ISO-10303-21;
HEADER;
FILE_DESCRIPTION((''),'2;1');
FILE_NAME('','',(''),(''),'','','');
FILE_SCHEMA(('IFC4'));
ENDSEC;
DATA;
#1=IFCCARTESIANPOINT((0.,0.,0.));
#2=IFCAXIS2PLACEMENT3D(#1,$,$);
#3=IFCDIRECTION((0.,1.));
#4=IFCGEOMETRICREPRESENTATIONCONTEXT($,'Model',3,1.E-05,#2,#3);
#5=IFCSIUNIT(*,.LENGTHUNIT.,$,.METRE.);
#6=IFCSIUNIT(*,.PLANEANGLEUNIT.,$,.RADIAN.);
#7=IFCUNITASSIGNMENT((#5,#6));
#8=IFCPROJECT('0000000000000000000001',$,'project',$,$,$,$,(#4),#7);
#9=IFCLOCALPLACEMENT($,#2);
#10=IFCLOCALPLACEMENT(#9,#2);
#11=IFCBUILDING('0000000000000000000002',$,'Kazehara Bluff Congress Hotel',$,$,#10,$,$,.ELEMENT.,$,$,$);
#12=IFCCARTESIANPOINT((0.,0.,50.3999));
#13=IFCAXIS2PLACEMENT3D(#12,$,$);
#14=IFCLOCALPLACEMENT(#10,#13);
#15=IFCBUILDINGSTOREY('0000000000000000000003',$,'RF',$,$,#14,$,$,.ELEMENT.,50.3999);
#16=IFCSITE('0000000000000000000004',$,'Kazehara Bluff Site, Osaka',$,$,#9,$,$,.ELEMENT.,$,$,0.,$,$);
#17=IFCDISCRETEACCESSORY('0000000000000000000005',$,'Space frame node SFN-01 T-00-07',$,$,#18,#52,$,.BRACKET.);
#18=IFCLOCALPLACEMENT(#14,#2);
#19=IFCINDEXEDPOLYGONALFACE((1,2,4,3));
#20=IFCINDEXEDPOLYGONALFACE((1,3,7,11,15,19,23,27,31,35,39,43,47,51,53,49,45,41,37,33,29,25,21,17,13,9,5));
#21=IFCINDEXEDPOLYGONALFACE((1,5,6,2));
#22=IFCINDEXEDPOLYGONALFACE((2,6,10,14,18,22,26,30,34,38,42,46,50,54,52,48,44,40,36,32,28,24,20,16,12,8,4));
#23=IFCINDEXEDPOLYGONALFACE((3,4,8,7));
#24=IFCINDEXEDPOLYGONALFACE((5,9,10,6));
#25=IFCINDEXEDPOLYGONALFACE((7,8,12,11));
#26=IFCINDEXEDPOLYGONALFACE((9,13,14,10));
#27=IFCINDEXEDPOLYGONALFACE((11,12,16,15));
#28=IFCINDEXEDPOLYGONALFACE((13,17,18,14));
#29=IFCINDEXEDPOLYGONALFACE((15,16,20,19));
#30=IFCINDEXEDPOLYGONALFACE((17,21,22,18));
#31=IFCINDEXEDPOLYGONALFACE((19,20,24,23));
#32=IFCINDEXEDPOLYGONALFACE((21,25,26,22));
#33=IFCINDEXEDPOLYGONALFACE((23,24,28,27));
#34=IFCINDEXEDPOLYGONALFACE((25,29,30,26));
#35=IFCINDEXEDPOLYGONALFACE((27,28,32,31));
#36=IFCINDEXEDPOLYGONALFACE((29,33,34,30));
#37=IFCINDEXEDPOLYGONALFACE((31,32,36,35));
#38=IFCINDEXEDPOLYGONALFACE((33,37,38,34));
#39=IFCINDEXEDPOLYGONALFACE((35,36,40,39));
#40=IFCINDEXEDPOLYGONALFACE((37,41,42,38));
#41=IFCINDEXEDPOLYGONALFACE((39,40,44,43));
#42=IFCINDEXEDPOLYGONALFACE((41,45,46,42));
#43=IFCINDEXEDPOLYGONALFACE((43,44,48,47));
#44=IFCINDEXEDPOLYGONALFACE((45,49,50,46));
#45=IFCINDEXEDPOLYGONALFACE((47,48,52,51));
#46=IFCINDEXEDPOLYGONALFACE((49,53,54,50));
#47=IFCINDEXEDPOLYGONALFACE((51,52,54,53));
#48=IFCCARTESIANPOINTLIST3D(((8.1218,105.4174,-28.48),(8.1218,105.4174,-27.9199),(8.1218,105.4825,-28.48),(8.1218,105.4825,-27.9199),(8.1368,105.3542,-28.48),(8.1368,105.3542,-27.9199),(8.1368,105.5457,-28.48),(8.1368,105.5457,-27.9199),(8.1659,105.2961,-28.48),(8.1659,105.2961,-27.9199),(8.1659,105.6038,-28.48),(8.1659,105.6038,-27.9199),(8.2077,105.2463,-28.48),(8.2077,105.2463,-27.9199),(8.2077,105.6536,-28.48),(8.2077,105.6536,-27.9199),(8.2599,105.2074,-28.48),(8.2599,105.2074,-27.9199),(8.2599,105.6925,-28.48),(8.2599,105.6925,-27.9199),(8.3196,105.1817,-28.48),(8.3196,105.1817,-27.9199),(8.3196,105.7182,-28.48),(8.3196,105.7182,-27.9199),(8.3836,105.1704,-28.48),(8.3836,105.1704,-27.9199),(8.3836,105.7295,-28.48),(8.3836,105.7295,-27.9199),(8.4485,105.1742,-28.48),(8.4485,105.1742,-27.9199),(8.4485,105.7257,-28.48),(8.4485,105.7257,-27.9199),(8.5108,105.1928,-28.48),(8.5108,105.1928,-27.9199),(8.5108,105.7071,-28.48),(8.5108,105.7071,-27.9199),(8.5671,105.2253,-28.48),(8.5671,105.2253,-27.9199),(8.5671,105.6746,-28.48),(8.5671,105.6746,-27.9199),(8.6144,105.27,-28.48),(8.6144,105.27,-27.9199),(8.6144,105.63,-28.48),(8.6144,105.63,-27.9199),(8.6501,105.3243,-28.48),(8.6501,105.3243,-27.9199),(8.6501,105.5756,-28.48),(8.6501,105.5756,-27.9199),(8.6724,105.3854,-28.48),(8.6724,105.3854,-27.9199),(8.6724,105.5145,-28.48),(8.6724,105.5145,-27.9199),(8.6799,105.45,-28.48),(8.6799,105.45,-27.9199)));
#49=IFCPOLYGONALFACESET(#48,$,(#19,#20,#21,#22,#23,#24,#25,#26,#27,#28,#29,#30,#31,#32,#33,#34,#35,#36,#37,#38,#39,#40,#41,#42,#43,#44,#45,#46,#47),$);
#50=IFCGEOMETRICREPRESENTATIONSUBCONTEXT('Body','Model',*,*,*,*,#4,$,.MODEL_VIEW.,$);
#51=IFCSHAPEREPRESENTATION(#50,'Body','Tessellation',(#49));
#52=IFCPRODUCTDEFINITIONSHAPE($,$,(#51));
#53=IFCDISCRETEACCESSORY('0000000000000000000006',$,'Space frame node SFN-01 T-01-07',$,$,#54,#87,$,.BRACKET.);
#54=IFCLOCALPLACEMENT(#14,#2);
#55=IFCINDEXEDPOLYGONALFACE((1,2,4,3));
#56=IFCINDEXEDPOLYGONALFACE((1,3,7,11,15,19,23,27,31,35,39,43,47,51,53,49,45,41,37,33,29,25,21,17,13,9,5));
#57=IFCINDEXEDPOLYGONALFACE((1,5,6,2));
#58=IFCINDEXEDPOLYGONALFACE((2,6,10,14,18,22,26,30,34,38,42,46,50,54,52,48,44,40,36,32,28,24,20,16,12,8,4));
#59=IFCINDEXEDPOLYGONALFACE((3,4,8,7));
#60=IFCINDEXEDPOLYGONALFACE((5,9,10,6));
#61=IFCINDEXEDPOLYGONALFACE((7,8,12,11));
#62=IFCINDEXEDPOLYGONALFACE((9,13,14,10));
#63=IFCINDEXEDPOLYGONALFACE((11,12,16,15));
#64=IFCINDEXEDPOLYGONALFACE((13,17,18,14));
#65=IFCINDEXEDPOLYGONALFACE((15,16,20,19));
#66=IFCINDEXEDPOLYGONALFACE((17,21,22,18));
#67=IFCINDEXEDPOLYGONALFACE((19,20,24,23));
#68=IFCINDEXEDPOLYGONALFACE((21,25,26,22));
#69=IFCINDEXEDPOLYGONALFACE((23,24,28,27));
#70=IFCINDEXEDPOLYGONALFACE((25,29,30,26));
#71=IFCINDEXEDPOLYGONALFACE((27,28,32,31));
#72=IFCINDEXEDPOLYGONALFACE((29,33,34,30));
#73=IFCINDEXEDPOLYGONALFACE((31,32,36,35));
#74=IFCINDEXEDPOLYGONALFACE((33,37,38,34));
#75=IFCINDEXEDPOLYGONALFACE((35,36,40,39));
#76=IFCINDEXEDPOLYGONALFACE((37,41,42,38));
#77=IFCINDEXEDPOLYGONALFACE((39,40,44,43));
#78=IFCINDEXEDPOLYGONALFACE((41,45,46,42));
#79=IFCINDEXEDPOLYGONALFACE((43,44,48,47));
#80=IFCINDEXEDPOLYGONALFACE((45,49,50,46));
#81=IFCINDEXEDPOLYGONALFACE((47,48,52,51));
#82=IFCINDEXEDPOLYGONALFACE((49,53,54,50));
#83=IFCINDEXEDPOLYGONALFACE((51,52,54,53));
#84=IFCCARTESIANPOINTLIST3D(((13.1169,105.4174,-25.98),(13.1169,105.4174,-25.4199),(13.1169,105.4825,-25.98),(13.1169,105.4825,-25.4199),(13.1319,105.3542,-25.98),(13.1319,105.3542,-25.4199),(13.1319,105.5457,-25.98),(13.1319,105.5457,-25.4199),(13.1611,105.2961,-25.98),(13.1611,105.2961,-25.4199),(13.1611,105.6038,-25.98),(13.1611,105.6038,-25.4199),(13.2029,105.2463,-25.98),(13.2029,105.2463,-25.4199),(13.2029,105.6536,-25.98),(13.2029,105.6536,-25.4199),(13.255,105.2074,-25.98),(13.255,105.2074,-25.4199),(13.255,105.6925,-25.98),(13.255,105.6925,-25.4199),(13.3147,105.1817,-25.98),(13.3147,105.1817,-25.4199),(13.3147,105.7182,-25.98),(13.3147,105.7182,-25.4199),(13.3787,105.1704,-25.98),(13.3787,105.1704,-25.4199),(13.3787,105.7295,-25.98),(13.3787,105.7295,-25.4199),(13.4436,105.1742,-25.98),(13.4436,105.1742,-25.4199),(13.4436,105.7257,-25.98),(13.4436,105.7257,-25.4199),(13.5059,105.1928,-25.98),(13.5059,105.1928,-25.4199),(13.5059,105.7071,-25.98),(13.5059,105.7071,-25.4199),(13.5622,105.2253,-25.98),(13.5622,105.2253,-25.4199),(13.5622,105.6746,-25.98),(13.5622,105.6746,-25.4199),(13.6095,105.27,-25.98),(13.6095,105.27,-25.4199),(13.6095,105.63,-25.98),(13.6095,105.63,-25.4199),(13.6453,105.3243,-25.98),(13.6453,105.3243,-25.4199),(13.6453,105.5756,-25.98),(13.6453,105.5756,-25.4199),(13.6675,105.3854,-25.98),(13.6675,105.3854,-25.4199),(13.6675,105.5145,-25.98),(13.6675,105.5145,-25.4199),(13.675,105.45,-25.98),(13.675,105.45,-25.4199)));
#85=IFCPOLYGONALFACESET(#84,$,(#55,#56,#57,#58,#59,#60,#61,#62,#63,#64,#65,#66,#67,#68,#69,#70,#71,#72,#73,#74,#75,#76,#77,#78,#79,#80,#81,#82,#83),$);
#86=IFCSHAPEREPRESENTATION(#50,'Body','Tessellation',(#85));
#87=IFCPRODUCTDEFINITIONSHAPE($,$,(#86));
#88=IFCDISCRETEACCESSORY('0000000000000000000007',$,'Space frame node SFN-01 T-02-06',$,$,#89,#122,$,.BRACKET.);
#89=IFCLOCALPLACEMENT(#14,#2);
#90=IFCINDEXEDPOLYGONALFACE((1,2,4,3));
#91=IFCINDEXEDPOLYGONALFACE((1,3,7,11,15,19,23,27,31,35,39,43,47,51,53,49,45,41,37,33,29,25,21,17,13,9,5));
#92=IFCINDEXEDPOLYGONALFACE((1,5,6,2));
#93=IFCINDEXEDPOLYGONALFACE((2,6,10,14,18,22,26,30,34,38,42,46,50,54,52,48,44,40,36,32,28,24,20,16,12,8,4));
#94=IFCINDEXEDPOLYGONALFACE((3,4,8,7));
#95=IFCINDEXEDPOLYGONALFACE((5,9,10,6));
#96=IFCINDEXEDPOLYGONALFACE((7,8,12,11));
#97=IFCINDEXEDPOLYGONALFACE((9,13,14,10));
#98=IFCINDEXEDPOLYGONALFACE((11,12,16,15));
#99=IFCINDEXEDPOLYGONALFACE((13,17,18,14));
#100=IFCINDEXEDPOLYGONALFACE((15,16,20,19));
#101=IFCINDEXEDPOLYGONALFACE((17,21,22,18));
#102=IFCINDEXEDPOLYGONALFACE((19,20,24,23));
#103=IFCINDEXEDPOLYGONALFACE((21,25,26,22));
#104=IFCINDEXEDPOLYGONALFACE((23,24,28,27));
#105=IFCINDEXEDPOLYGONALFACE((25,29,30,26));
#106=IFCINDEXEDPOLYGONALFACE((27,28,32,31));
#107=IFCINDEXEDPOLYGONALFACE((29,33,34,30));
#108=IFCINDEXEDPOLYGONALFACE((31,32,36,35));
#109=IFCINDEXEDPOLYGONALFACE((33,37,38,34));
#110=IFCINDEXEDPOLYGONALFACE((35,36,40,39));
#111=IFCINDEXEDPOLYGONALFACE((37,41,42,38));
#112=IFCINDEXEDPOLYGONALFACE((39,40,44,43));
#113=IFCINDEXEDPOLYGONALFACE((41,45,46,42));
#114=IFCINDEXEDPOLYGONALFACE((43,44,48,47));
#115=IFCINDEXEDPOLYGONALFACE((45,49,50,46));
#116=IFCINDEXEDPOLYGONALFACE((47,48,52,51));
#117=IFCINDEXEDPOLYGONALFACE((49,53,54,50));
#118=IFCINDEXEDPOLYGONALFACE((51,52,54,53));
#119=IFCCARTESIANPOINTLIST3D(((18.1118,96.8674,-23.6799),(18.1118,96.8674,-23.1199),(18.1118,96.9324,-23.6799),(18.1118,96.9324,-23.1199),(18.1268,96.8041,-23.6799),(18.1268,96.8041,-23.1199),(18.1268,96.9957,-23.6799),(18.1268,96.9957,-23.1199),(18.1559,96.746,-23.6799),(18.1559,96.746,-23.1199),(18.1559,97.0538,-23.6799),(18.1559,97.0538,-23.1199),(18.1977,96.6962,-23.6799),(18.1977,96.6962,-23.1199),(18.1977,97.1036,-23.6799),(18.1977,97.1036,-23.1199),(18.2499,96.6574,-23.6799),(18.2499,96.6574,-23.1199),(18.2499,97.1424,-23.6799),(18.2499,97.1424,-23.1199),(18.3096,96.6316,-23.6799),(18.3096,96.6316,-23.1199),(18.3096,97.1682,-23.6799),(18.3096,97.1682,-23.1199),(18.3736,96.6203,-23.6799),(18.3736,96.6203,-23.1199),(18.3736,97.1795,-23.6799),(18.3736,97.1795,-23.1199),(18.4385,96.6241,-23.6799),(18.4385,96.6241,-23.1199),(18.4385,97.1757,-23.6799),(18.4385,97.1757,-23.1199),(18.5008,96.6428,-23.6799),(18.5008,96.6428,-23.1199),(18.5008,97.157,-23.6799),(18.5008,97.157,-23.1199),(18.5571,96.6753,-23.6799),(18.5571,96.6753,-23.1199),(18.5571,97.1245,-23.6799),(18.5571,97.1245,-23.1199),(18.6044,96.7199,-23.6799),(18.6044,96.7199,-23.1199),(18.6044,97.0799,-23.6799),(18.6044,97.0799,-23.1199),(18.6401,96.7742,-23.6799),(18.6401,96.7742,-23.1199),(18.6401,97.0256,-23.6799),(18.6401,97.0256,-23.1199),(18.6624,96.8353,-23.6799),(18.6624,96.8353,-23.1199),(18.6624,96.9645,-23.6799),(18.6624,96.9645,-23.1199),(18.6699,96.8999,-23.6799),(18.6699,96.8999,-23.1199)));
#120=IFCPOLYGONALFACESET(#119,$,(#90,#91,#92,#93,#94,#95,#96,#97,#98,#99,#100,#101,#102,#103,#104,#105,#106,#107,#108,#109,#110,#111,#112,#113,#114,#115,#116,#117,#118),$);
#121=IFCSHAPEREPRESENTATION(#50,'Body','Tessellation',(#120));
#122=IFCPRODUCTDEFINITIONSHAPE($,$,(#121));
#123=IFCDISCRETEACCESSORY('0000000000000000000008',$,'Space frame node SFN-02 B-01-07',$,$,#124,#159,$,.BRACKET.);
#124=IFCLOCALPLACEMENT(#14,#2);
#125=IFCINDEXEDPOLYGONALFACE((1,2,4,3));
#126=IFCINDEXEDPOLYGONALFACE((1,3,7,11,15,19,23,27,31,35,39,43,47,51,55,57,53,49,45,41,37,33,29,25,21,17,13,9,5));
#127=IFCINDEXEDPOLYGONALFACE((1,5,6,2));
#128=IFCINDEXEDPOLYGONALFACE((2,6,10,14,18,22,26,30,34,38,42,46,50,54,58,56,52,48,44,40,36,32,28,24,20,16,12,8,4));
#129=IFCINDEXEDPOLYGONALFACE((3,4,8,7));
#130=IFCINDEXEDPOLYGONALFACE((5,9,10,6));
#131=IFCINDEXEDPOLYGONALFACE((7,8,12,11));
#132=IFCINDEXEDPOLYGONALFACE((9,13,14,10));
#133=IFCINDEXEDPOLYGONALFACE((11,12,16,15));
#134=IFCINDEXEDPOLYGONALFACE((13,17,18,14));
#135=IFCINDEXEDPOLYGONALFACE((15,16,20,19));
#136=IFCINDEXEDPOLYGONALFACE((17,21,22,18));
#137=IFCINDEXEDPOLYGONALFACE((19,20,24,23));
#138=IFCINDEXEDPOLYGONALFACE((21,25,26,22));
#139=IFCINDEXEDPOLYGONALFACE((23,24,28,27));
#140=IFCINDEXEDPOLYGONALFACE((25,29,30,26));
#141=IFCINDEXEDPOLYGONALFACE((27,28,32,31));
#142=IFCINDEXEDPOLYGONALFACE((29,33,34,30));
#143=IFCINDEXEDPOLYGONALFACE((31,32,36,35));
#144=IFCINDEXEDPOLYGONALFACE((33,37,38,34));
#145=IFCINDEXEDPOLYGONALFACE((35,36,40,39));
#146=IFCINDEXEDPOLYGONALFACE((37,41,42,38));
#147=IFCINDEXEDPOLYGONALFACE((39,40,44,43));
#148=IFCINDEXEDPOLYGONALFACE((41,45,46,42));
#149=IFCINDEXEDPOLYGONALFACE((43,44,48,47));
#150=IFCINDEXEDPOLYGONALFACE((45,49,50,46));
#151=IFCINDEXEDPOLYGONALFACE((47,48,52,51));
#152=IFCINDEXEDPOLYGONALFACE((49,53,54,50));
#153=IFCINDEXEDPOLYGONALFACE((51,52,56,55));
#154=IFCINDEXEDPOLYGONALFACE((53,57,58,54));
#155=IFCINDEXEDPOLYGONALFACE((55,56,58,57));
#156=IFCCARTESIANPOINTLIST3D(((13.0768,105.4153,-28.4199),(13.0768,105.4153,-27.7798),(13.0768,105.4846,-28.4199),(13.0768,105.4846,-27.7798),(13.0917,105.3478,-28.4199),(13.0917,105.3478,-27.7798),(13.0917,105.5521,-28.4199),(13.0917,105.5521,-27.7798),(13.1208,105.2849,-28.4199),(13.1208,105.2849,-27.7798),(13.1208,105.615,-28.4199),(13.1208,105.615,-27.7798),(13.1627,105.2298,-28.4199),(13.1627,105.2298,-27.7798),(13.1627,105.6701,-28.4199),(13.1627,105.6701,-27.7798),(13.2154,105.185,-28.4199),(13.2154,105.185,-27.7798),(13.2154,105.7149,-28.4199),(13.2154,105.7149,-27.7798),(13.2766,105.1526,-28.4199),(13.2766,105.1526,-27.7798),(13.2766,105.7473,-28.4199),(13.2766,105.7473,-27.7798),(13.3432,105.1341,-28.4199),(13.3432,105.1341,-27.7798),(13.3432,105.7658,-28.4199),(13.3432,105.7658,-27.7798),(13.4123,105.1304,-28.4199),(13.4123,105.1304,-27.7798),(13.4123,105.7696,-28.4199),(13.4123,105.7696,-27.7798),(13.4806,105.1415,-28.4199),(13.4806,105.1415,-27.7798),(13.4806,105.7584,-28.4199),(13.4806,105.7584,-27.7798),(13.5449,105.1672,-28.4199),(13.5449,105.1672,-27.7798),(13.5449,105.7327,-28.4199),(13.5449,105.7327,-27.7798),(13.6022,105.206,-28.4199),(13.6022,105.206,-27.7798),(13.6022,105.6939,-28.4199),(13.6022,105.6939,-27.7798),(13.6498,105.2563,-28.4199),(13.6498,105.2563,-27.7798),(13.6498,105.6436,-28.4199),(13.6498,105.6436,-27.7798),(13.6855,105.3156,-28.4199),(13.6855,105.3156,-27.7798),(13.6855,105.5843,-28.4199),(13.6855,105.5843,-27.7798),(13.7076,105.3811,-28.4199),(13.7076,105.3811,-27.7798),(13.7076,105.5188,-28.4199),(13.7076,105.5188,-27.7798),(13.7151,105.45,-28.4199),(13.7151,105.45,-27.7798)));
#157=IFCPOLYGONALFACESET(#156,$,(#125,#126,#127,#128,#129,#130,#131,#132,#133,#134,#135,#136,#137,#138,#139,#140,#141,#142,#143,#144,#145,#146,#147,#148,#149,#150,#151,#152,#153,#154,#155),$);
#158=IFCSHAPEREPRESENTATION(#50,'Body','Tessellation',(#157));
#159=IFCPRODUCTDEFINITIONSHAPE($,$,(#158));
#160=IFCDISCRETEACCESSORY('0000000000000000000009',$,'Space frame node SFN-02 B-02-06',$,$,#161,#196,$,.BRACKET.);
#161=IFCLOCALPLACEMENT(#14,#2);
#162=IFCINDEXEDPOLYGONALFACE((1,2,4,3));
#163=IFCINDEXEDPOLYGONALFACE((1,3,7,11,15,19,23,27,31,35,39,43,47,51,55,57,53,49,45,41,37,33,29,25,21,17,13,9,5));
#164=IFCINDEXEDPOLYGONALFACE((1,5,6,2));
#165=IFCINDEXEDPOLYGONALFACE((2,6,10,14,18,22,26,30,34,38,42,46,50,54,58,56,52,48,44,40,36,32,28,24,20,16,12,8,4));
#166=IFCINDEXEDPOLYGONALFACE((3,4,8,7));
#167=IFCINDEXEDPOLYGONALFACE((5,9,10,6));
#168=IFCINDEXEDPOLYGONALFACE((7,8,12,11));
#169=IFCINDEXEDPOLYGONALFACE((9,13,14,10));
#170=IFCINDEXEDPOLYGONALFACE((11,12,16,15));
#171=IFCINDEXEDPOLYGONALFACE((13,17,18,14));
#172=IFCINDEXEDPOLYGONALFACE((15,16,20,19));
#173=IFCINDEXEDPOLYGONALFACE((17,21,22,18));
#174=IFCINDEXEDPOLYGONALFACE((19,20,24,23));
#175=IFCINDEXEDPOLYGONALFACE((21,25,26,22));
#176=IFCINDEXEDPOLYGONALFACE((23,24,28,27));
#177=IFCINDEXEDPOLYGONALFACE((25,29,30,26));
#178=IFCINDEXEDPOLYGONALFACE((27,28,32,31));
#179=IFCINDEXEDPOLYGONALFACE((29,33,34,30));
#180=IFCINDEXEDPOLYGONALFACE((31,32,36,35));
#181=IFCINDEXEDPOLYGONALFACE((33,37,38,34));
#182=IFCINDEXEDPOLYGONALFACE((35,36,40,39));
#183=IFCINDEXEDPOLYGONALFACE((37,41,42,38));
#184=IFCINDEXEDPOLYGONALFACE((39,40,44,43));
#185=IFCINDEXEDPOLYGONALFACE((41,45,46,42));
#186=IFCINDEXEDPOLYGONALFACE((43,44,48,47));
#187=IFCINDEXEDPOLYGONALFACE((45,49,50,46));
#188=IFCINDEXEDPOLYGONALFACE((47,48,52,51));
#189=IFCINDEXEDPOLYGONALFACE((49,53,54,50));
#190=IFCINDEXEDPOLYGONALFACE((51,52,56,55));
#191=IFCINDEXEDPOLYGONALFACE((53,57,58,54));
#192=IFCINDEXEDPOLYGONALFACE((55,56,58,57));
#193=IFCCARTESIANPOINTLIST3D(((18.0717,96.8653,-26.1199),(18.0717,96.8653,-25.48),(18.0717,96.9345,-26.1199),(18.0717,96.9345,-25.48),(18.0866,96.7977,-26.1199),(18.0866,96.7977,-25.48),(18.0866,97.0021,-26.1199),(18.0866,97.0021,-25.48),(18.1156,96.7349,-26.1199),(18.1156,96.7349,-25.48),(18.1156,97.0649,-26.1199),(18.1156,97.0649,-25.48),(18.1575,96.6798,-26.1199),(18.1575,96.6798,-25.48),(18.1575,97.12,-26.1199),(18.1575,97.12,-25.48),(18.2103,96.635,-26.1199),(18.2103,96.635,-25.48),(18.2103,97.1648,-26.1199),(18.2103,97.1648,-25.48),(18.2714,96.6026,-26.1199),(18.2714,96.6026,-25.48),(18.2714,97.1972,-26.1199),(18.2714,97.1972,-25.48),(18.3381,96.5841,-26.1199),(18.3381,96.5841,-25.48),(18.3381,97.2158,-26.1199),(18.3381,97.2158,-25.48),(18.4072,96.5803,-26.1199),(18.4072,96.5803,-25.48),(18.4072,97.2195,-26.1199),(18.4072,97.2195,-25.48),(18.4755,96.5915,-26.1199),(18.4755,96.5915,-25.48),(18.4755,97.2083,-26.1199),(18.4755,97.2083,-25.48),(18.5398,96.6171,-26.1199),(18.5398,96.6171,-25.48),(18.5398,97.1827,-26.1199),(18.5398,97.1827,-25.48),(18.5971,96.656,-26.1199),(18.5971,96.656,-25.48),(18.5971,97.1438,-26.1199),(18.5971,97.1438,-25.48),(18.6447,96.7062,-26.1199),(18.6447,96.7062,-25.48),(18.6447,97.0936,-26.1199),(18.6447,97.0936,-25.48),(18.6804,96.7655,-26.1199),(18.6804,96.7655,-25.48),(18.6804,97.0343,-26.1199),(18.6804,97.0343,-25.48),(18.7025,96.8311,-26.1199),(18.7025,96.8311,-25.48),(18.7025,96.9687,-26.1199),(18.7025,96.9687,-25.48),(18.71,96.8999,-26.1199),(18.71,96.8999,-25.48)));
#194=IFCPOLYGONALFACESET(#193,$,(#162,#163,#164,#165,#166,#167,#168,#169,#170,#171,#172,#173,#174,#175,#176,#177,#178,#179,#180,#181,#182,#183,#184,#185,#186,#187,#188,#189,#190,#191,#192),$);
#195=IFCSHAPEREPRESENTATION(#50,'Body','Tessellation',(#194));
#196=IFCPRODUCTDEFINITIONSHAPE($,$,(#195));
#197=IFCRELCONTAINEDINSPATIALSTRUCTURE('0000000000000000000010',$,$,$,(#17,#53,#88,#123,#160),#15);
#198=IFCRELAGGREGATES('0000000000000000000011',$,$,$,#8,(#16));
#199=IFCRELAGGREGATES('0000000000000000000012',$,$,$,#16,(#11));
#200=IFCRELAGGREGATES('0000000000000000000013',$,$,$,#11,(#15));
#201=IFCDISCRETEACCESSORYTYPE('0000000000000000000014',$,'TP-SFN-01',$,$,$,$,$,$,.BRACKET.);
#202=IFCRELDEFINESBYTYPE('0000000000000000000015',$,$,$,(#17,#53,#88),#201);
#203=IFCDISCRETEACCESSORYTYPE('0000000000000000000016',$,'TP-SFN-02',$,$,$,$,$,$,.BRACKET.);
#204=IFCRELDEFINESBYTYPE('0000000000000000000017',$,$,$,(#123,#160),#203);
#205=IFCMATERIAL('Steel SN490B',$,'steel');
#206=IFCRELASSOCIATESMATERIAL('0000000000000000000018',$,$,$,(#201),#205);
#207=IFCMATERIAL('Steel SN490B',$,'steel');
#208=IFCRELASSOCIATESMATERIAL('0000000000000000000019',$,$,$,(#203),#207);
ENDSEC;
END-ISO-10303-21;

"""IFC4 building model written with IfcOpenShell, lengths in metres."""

from ifc_helpers import new_model, si_unit, direction, frame, origin, origin_2d, place, context, subcontext, project, spatial, circle, extrude, material, material_profile, profile_set, type_object, element, save


model = new_model("IFC4")

# Units and contexts
model_context = context("Model", 3, precision=1e-05, world=origin(), true_north=direction((0.0, 1.0)))
body_context = subcontext(model_context, "Body", "Model", "MODEL_VIEW")
ifc_project = project(units=[si_unit("LENGTHUNIT", "METRE"), si_unit("PLANEANGLEUNIT", "RADIAN")], contexts=[model_context])

# Site, building, storey
site_placement = place(None, origin())
site = spatial("IfcSite", under=ifc_project, at=site_placement, Name="Kazehara Bluff Site, Osaka", CompositionType="ELEMENT", RefElevation=0.0)
building_placement = place(site_placement, origin())
building = spatial("IfcBuilding", under=site, at=building_placement, Name="Kazehara Bluff Congress Hotel", CompositionType="ELEMENT")
storey_placement = place(building_placement, frame((0.0, 0.0, 50.3999)))
storey = spatial("IfcBuildingStorey", under=building, at=storey_placement, Name="RF", CompositionType="ELEMENT", Elevation=50.3999)

# Discrete accessories
ifc_material_1 = material(Name="Steel SN490B", Category="steel")
ifc_material_profile_1 = material_profile(ifc_material_1, circle(Radius=0.28, at=origin_2d()))
ifc_profile_set_1 = profile_set([ifc_material_profile_1], Name="Steel SN490B")
discrete_accessory_type_1 = type_object("IfcDiscreteAccessoryType", Name="TP-SFN-01", PredefinedType="BRACKET", material=ifc_profile_set_1)
for number, where, z_axis, x_axis, name in (
    (1, (8.3999, 105.45, -28.48), (0.0, 0.0, 1.0), (1.0, 0.0, 0.0), "Space frame node SFN-01 T-00-07"),
    (2, (13.395, 105.45, -25.98), (0.0, 0.0, 1.0), (1.0, 0.0, 0.0), "Space frame node SFN-01 T-01-07"),
    (3, (18.3899, 96.8999, -23.6799), (0.0, 0.0, 1.0), (1.0, 0.0, 0.0), "Space frame node SFN-01 T-02-06"),
):
    element("IfcDiscreteAccessory", number, at=place(storey_placement, frame(where, z_axis=z_axis, x_axis=x_axis)), inside=storey, type_object=discrete_accessory_type_1, Name=name, PredefinedType="BRACKET", context=body_context, shape_type="SweptSolid", body=[
        extrude(circle(Radius=0.28, at=origin_2d()), origin(), (0.0, 0.0, 1.0), 0.5601),
    ])
ifc_material_2 = material(Name="Steel SN490B", Category="steel")
ifc_material_profile_2 = material_profile(ifc_material_2, circle(Radius=0.3201, at=origin_2d()))
ifc_profile_set_2 = profile_set([ifc_material_profile_2], Name="Steel SN490B")
discrete_accessory_type_2 = type_object("IfcDiscreteAccessoryType", Name="TP-SFN-02", PredefinedType="BRACKET", material=ifc_profile_set_2)
discrete_accessory_1_placement = place(storey_placement, frame((13.395, 105.45, -28.4199), z_axis=(0.0, 0.0, 1.0), x_axis=(1.0, 0.0, 0.0)))
element("IfcDiscreteAccessory", 4, at=discrete_accessory_1_placement, inside=storey, type_object=discrete_accessory_type_2, Name="Space frame node SFN-02 B-01-07", PredefinedType="BRACKET", context=body_context, shape_type="SweptSolid", body=[
    extrude(circle(Radius=0.3201, at=origin_2d()), origin(), (0.0, 0.0, 1.0), 0.6401),
])
discrete_accessory_2_placement = place(storey_placement, frame((18.3899, 96.8999, -26.1199), z_axis=(0.0, 0.0, 1.0), x_axis=(1.0, 0.0, 0.0)))
element("IfcDiscreteAccessory", 5, at=discrete_accessory_2_placement, inside=storey, type_object=discrete_accessory_type_2, Name="Space frame node SFN-02 B-02-06", PredefinedType="BRACKET", context=body_context, shape_type="SweptSolid", body=[
    extrude(circle(Radius=0.3201, at=origin_2d()), origin(), (0.0, 0.0, 1.0), 0.6399),
])

save(model, "model.ifc")
